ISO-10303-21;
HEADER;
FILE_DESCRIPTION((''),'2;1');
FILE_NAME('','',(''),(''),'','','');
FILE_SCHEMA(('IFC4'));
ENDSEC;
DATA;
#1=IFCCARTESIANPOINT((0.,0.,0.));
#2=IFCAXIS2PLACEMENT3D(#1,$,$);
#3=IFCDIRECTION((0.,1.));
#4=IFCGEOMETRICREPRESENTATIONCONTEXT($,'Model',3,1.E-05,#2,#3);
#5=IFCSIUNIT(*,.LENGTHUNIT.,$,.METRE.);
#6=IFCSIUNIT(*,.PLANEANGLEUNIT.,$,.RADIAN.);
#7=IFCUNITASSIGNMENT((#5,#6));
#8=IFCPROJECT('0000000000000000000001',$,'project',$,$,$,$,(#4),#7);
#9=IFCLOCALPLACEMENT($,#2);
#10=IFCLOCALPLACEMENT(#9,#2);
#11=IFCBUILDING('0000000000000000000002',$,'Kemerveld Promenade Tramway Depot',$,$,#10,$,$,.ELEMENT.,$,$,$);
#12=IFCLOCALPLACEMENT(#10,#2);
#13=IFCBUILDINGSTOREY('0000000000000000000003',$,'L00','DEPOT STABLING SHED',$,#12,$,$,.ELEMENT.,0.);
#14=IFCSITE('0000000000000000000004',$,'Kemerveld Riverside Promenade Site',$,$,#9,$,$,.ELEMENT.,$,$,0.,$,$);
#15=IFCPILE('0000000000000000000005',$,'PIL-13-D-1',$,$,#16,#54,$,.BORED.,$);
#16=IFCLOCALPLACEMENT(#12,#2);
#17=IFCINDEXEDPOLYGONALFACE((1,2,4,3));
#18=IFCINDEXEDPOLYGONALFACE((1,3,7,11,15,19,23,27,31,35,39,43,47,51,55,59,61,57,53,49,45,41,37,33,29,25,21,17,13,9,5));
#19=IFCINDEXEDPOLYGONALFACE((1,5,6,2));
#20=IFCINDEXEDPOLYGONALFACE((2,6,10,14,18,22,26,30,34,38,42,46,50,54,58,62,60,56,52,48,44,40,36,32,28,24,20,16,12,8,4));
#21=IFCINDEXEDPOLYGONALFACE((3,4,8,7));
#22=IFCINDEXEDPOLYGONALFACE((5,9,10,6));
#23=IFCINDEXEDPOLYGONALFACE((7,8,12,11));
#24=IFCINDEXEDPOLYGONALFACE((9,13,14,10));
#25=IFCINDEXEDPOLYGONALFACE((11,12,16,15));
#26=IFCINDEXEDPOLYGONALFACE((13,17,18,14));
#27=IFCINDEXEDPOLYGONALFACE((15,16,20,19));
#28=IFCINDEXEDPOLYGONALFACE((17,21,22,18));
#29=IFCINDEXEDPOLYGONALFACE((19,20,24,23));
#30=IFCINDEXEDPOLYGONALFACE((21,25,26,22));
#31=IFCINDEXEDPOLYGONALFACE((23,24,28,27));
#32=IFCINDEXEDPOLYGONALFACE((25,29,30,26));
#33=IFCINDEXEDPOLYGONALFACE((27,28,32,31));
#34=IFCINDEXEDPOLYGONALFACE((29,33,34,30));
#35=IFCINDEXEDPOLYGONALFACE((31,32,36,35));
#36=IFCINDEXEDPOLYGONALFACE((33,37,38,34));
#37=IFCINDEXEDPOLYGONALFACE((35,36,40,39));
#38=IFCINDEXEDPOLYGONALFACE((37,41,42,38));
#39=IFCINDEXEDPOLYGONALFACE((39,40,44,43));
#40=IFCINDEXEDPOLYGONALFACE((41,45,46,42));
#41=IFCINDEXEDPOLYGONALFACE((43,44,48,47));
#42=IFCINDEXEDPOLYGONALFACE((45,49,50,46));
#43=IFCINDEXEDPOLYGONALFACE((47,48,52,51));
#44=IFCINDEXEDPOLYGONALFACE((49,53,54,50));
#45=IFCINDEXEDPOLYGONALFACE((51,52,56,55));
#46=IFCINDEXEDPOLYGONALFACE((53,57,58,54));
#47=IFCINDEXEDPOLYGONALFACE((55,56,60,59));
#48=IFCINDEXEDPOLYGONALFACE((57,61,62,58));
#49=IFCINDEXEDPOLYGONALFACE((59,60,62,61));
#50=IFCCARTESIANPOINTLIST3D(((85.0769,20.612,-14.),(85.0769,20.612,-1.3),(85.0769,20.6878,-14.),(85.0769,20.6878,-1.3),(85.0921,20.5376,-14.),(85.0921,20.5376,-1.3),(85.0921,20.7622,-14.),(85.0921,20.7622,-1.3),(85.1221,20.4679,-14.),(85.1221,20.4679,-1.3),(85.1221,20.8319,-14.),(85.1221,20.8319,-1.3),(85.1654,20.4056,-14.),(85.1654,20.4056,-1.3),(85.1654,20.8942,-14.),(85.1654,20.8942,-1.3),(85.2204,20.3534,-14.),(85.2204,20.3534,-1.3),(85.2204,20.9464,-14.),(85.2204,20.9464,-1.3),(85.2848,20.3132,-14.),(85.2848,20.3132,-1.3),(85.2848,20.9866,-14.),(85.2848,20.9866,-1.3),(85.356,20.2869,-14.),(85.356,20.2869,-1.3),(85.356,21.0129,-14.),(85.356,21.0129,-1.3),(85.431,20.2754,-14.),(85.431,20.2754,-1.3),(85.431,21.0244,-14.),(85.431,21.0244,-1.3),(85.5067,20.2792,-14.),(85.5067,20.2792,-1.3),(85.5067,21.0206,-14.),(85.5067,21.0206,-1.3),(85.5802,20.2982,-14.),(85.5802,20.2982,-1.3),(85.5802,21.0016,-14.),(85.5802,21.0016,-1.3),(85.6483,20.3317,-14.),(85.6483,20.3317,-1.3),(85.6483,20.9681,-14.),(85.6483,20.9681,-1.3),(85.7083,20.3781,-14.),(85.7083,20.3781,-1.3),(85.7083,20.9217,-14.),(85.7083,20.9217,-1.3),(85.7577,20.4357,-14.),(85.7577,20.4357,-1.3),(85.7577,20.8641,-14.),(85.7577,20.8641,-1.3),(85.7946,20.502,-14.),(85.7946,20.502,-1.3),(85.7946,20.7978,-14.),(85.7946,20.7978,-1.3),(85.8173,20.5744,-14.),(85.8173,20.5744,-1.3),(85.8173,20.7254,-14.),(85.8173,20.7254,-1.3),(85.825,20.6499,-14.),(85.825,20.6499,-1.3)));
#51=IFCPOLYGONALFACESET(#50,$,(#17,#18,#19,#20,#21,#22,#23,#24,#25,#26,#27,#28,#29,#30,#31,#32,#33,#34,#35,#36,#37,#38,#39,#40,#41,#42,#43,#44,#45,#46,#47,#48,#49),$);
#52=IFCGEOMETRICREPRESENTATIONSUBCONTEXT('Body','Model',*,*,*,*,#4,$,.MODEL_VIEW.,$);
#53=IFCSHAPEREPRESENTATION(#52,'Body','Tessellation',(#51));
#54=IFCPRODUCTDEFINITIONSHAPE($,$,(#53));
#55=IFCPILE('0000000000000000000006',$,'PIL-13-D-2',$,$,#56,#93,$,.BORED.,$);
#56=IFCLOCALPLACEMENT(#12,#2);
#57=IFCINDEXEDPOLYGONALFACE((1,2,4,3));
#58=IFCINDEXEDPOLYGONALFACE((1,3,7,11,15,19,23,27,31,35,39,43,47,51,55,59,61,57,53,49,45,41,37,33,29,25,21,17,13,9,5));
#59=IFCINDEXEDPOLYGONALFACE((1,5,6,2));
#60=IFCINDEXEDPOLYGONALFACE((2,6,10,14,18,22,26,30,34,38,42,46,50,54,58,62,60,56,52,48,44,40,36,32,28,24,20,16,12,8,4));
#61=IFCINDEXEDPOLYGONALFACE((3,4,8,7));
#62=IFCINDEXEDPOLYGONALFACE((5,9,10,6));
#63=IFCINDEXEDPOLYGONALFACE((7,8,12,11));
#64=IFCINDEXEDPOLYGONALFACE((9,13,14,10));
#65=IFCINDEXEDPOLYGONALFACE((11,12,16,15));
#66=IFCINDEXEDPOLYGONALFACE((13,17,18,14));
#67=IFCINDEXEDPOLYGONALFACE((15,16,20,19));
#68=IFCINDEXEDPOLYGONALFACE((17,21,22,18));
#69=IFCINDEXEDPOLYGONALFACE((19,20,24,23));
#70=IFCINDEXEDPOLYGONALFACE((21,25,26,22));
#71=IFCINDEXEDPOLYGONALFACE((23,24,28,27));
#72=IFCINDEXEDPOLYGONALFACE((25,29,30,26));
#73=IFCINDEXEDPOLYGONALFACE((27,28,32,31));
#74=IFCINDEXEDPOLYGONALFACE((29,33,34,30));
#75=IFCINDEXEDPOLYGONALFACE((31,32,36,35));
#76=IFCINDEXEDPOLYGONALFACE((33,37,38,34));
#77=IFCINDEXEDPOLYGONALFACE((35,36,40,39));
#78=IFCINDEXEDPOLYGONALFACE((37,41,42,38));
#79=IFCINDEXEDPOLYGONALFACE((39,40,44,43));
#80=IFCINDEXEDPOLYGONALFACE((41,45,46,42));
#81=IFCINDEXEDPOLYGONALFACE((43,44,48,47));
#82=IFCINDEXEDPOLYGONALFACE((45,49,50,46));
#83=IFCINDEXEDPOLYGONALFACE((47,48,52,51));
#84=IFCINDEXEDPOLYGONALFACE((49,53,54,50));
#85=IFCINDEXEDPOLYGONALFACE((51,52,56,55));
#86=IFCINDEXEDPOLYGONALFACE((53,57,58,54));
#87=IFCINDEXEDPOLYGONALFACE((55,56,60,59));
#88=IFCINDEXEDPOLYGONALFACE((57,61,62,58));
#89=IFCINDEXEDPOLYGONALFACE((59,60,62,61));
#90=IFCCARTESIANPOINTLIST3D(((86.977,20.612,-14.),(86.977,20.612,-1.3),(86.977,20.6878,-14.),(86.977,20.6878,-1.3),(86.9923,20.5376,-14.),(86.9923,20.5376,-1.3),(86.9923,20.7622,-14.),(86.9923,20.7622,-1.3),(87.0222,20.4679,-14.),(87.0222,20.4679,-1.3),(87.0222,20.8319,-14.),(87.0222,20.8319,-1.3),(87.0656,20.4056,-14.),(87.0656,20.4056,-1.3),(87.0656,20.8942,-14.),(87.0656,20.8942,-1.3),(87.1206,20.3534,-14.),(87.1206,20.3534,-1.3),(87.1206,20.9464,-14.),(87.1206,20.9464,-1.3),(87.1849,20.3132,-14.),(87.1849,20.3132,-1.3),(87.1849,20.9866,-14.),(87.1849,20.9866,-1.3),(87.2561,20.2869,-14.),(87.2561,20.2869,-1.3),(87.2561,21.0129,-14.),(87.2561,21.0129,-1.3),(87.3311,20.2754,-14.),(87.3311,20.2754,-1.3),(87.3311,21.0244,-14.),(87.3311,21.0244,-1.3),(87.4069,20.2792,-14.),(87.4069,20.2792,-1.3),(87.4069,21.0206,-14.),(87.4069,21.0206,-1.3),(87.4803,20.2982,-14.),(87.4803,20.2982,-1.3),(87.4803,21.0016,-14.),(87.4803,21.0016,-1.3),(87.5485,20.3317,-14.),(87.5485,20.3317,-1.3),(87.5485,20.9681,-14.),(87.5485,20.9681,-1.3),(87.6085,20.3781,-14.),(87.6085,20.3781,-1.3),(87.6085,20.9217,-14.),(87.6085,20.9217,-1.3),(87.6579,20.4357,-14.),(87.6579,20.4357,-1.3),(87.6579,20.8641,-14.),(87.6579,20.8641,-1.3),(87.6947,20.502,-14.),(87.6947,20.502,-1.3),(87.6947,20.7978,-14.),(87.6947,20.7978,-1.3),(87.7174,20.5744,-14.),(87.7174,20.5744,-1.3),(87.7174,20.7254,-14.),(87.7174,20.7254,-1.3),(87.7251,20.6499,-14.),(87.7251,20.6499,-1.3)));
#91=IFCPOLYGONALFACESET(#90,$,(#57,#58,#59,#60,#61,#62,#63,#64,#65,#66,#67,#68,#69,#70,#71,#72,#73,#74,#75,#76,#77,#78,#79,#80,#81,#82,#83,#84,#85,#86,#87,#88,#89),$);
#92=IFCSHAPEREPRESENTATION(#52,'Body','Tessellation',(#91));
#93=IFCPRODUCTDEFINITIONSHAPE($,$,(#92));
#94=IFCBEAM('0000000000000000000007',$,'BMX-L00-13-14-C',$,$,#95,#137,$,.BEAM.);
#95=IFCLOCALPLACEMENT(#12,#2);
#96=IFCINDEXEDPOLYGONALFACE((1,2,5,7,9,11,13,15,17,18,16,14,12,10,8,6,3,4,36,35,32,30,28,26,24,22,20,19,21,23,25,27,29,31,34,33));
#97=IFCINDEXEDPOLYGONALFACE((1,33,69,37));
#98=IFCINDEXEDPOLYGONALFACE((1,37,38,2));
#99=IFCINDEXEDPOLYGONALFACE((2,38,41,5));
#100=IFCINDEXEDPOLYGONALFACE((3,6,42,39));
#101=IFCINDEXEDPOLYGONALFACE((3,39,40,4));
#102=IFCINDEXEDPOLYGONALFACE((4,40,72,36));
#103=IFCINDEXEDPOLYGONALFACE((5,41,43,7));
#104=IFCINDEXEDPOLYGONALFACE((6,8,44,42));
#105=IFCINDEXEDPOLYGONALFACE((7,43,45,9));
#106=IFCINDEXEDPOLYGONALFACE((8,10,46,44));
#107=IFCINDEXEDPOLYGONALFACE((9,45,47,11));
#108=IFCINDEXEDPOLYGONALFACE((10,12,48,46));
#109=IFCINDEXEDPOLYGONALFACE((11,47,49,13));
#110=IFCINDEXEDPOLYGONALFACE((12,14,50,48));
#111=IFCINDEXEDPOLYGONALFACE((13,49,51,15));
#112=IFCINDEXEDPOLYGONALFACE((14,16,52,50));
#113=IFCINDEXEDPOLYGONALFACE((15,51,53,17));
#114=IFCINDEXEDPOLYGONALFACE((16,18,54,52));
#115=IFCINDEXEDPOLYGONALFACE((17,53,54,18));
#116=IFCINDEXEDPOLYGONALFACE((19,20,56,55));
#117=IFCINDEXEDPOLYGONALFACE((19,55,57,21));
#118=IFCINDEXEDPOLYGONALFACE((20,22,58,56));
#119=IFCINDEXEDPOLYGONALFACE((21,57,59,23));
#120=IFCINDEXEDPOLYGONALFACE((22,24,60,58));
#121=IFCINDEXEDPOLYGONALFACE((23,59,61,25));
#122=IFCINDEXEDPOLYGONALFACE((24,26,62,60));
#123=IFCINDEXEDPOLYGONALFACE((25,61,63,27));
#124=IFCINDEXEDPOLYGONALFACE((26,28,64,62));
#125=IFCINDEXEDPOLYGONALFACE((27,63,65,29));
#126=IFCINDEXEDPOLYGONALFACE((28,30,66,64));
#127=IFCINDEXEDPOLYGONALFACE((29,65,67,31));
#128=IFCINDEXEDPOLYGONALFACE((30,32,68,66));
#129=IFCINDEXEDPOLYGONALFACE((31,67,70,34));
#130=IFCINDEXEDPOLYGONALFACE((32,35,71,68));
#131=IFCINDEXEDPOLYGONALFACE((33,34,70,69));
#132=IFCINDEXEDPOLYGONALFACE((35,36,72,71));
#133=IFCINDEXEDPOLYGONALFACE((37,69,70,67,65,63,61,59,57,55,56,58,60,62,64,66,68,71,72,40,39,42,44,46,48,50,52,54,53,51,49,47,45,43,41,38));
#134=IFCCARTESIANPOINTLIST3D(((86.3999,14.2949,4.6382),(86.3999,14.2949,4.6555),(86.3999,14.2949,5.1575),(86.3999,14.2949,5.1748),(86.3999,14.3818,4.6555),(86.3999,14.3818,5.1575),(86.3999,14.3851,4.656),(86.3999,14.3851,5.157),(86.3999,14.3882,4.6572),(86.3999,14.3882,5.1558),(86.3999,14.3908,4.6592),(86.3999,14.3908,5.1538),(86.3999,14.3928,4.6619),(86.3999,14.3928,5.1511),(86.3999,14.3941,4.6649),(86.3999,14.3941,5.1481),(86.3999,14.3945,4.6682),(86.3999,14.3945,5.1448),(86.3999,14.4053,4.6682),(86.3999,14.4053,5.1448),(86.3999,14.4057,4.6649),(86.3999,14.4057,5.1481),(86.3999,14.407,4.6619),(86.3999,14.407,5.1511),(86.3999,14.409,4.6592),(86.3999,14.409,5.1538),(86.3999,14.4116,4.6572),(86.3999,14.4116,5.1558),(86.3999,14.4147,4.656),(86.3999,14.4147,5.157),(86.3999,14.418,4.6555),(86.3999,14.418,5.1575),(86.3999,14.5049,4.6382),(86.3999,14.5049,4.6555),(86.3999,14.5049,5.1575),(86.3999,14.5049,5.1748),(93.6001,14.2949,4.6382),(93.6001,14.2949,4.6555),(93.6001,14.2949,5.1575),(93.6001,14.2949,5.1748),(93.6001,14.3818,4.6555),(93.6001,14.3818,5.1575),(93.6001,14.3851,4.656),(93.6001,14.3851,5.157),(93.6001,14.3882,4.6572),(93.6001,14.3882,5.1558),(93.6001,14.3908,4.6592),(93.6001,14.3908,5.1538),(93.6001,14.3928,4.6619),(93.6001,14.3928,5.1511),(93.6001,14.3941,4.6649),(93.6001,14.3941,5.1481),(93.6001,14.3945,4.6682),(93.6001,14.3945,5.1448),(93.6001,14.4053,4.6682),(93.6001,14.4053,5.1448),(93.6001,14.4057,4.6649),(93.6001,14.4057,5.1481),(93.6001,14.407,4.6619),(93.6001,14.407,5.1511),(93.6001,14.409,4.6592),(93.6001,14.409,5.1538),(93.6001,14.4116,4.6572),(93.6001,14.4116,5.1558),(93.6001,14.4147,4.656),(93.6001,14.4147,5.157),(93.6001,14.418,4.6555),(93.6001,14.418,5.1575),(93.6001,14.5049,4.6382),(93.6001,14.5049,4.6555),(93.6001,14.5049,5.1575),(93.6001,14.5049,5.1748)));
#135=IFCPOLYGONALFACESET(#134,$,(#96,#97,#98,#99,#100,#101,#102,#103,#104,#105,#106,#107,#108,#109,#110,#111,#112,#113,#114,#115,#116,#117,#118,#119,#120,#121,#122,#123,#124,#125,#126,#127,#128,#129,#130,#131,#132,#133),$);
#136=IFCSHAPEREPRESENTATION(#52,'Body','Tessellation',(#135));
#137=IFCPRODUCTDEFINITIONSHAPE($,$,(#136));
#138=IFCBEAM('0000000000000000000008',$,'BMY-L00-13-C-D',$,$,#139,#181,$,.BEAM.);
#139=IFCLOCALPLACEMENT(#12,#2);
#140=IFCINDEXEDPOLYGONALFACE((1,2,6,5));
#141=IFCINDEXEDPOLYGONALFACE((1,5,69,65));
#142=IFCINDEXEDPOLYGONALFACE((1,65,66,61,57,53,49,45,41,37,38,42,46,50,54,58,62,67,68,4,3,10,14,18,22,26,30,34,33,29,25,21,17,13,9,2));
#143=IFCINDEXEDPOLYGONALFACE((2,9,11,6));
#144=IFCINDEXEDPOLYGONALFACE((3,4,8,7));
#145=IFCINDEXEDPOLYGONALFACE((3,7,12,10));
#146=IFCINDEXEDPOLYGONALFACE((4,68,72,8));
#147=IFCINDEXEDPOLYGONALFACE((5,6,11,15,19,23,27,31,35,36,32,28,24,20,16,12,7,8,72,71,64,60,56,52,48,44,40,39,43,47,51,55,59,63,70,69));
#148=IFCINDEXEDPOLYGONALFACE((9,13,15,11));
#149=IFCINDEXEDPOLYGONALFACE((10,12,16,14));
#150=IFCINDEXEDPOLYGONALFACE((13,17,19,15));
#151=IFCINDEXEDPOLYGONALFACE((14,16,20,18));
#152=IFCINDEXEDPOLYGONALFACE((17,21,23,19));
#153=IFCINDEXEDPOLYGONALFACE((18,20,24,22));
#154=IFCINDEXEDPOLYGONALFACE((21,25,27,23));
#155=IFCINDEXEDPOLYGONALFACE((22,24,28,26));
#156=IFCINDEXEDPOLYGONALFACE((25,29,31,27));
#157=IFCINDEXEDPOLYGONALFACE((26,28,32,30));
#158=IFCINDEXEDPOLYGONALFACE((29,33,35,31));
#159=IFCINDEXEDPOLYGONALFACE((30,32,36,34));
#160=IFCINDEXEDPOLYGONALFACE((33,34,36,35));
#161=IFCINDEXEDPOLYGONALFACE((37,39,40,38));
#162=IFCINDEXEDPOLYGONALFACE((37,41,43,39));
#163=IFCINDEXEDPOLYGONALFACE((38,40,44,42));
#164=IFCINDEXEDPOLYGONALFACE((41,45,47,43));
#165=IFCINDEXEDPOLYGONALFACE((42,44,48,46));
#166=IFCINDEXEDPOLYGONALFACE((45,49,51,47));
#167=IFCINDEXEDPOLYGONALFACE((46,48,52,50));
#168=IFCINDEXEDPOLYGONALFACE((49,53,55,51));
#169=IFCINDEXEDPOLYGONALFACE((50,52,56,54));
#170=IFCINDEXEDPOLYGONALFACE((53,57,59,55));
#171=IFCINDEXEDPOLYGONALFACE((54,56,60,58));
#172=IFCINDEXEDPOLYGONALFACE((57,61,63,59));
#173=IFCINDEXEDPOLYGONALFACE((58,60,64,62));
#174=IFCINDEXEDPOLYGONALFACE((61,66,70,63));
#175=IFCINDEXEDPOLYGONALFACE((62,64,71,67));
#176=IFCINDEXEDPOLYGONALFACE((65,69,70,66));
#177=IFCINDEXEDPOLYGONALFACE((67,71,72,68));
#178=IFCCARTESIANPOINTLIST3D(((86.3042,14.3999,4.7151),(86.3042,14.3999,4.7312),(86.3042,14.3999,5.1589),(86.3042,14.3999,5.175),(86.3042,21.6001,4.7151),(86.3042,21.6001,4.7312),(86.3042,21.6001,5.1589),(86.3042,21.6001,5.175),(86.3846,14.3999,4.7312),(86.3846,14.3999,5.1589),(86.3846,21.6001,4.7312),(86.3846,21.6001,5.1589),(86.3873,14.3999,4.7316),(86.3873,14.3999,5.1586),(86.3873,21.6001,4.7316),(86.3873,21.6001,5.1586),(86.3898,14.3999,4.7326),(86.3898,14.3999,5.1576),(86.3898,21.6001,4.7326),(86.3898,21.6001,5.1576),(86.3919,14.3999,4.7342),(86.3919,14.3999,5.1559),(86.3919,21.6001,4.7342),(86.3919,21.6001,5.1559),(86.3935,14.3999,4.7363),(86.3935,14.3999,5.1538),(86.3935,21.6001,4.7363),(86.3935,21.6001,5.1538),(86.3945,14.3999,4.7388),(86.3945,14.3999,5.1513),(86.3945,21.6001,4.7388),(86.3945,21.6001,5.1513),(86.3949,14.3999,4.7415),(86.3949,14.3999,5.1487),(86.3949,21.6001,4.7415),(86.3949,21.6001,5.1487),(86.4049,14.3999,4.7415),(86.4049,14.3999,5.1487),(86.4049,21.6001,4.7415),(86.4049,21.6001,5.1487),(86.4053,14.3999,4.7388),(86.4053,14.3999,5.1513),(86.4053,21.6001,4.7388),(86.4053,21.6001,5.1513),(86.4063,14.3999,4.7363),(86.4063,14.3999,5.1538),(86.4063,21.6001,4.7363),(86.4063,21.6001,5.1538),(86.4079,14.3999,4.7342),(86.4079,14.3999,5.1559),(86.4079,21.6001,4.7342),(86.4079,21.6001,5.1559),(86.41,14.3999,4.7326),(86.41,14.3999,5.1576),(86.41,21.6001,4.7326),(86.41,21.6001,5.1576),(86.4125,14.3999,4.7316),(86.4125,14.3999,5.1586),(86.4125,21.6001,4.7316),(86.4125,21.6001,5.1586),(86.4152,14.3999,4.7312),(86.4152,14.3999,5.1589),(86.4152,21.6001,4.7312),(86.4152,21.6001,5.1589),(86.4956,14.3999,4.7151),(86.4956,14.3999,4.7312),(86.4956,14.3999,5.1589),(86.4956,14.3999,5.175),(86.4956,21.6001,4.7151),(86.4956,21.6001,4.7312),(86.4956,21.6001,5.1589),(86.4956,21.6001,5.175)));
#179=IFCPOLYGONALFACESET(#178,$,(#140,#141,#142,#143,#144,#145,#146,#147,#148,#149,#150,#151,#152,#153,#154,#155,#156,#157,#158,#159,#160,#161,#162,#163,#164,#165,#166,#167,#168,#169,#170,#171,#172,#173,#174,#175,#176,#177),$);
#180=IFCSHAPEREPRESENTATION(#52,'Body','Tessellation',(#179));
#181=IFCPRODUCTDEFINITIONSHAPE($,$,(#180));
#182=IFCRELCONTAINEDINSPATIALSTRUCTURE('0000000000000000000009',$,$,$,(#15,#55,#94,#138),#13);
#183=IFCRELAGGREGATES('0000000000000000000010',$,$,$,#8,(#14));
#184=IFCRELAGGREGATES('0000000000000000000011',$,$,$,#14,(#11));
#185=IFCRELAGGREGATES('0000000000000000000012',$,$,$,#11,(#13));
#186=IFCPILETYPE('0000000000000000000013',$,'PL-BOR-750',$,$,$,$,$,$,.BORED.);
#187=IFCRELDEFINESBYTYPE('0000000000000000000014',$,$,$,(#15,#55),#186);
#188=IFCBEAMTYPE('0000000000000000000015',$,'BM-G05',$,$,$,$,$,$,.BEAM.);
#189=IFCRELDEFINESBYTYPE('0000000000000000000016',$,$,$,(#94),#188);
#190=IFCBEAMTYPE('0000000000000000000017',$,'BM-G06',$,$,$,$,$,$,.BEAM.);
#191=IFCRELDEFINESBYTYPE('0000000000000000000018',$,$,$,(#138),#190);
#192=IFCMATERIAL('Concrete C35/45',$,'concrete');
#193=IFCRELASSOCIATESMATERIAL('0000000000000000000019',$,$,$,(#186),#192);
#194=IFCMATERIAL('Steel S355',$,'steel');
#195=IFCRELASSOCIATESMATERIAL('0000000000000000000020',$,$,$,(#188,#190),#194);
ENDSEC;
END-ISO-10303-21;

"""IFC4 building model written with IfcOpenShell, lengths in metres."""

from ifc_helpers import new_model, si_unit, direction, frame, origin, origin_2d, place, context, subcontext, project, spatial, circle, i_section, extrude, material, material_profile, profile_set, type_object, element, save


model = new_model("IFC4")

# Units and contexts
model_context = context("Model", 3, precision=1e-05, world=origin(), true_north=direction((0.0, 1.0)))
body_context = subcontext(model_context, "Body", "Model", "MODEL_VIEW")
ifc_project = project(units=[si_unit("LENGTHUNIT", "METRE"), si_unit("PLANEANGLEUNIT", "RADIAN")], contexts=[model_context])

# Site, building, storey
site_placement = place(None, origin())
site = spatial("IfcSite", under=ifc_project, at=site_placement, Name="Kemerveld Riverside Promenade Site", CompositionType="ELEMENT", RefElevation=0.0)
building_placement = place(site_placement, origin())
building = spatial("IfcBuilding", under=site, at=building_placement, Name="Kemerveld Promenade Tramway Depot", CompositionType="ELEMENT")
storey_placement = place(building_placement, origin())
storey = spatial("IfcBuildingStorey", under=building, at=storey_placement, Name="L00", Description="DEPOT STABLING SHED", CompositionType="ELEMENT", Elevation=0.0)

# Shared definitions
ifc_material_1 = material(Name="Concrete C35/45", Category="concrete")

# Piles
ifc_material_profile_1 = material_profile(ifc_material_1, circle(Radius=0.375, at=origin_2d()), Name="PILE-D750")
ifc_profile_set_1 = profile_set([ifc_material_profile_1], Name="Concrete C35/45")
pile_type = type_object("IfcPileType", Name="PL-BOR-750", PredefinedType="BORED", material=ifc_profile_set_1)
for number, where, z_axis, x_axis, name in (
    (1, (85.45, 20.6499, -1.3), (0.0, 0.0, -1.0), (1.0, 0.0, 0.0), "PIL-13-D-1"),
    (2, (87.3501, 20.6499, -1.3), (0.0, 0.0, -1.0), (1.0, 0.0, 0.0), "PIL-13-D-2"),
):
    element("IfcPile", number, at=place(storey_placement, frame(where, z_axis=z_axis, x_axis=x_axis)), inside=storey, type_object=pile_type, Name=name, PredefinedType="BORED", context=body_context, shape_type="SweptSolid", body=[
        extrude(circle(Radius=0.375, at=origin_2d()), origin(), (0.0, 0.0, 1.0), 12.7),
    ])

# Beams
ifc_material_2 = material(Name="Steel S355", Category="steel")
ifc_material_profile_2 = material_profile(ifc_material_2, i_section(OverallWidth=0.21, OverallDepth=0.5366, WebThickness=0.0107, FlangeThickness=0.0173, FilletRadius=0.0127, at=origin_2d()), Name="533x210x101 UB")
ifc_profile_set_2 = profile_set([ifc_material_profile_2], Name="Steel S355")
beam_type_1 = type_object("IfcBeamType", Name="BM-G05", PredefinedType="BEAM", material=ifc_profile_set_2)
beam_1_placement = place(storey_placement, frame((86.3999, 14.3999, 4.9065), z_axis=(1.0, 0.0, 0.0), x_axis=(0.0, 1.0, 0.0)))
element("IfcBeam", 3, at=beam_1_placement, inside=storey, type_object=beam_type_1, Name="BMX-L00-13-14-C", PredefinedType="BEAM", context=body_context, shape_type="SweptSolid", body=[
    extrude(i_section(OverallWidth=0.21, OverallDepth=0.5366, WebThickness=0.0107, FlangeThickness=0.0173, FilletRadius=0.0127, at=origin_2d()), origin(), (0.0, 0.0, 1.0), 7.2002),
])
ifc_material_profile_3 = material_profile(ifc_material_2, i_section(OverallWidth=0.1914, OverallDepth=0.46, WebThickness=0.01, FlangeThickness=0.0161, FilletRadius=0.0103, at=origin_2d()), Name="457x191x82 UB")
ifc_profile_set_3 = profile_set([ifc_material_profile_3], Name="Steel S355")
beam_type_2 = type_object("IfcBeamType", Name="BM-G06", PredefinedType="BEAM", material=ifc_profile_set_3)
beam_2_placement = place(storey_placement, frame((86.3999, 14.3999, 4.9451), z_axis=(0.0, 1.0, 0.0), x_axis=(-1.0, 0.0, 0.0)))
element("IfcBeam", 4, at=beam_2_placement, inside=storey, type_object=beam_type_2, Name="BMY-L00-13-C-D", PredefinedType="BEAM", context=body_context, shape_type="SweptSolid", body=[
    extrude(i_section(OverallWidth=0.1914, OverallDepth=0.46, WebThickness=0.01, FlangeThickness=0.0161, FilletRadius=0.0103, at=origin_2d()), origin(), (0.0, 0.0, 1.0), 7.2002),
])

save(model, "model.ifc")
